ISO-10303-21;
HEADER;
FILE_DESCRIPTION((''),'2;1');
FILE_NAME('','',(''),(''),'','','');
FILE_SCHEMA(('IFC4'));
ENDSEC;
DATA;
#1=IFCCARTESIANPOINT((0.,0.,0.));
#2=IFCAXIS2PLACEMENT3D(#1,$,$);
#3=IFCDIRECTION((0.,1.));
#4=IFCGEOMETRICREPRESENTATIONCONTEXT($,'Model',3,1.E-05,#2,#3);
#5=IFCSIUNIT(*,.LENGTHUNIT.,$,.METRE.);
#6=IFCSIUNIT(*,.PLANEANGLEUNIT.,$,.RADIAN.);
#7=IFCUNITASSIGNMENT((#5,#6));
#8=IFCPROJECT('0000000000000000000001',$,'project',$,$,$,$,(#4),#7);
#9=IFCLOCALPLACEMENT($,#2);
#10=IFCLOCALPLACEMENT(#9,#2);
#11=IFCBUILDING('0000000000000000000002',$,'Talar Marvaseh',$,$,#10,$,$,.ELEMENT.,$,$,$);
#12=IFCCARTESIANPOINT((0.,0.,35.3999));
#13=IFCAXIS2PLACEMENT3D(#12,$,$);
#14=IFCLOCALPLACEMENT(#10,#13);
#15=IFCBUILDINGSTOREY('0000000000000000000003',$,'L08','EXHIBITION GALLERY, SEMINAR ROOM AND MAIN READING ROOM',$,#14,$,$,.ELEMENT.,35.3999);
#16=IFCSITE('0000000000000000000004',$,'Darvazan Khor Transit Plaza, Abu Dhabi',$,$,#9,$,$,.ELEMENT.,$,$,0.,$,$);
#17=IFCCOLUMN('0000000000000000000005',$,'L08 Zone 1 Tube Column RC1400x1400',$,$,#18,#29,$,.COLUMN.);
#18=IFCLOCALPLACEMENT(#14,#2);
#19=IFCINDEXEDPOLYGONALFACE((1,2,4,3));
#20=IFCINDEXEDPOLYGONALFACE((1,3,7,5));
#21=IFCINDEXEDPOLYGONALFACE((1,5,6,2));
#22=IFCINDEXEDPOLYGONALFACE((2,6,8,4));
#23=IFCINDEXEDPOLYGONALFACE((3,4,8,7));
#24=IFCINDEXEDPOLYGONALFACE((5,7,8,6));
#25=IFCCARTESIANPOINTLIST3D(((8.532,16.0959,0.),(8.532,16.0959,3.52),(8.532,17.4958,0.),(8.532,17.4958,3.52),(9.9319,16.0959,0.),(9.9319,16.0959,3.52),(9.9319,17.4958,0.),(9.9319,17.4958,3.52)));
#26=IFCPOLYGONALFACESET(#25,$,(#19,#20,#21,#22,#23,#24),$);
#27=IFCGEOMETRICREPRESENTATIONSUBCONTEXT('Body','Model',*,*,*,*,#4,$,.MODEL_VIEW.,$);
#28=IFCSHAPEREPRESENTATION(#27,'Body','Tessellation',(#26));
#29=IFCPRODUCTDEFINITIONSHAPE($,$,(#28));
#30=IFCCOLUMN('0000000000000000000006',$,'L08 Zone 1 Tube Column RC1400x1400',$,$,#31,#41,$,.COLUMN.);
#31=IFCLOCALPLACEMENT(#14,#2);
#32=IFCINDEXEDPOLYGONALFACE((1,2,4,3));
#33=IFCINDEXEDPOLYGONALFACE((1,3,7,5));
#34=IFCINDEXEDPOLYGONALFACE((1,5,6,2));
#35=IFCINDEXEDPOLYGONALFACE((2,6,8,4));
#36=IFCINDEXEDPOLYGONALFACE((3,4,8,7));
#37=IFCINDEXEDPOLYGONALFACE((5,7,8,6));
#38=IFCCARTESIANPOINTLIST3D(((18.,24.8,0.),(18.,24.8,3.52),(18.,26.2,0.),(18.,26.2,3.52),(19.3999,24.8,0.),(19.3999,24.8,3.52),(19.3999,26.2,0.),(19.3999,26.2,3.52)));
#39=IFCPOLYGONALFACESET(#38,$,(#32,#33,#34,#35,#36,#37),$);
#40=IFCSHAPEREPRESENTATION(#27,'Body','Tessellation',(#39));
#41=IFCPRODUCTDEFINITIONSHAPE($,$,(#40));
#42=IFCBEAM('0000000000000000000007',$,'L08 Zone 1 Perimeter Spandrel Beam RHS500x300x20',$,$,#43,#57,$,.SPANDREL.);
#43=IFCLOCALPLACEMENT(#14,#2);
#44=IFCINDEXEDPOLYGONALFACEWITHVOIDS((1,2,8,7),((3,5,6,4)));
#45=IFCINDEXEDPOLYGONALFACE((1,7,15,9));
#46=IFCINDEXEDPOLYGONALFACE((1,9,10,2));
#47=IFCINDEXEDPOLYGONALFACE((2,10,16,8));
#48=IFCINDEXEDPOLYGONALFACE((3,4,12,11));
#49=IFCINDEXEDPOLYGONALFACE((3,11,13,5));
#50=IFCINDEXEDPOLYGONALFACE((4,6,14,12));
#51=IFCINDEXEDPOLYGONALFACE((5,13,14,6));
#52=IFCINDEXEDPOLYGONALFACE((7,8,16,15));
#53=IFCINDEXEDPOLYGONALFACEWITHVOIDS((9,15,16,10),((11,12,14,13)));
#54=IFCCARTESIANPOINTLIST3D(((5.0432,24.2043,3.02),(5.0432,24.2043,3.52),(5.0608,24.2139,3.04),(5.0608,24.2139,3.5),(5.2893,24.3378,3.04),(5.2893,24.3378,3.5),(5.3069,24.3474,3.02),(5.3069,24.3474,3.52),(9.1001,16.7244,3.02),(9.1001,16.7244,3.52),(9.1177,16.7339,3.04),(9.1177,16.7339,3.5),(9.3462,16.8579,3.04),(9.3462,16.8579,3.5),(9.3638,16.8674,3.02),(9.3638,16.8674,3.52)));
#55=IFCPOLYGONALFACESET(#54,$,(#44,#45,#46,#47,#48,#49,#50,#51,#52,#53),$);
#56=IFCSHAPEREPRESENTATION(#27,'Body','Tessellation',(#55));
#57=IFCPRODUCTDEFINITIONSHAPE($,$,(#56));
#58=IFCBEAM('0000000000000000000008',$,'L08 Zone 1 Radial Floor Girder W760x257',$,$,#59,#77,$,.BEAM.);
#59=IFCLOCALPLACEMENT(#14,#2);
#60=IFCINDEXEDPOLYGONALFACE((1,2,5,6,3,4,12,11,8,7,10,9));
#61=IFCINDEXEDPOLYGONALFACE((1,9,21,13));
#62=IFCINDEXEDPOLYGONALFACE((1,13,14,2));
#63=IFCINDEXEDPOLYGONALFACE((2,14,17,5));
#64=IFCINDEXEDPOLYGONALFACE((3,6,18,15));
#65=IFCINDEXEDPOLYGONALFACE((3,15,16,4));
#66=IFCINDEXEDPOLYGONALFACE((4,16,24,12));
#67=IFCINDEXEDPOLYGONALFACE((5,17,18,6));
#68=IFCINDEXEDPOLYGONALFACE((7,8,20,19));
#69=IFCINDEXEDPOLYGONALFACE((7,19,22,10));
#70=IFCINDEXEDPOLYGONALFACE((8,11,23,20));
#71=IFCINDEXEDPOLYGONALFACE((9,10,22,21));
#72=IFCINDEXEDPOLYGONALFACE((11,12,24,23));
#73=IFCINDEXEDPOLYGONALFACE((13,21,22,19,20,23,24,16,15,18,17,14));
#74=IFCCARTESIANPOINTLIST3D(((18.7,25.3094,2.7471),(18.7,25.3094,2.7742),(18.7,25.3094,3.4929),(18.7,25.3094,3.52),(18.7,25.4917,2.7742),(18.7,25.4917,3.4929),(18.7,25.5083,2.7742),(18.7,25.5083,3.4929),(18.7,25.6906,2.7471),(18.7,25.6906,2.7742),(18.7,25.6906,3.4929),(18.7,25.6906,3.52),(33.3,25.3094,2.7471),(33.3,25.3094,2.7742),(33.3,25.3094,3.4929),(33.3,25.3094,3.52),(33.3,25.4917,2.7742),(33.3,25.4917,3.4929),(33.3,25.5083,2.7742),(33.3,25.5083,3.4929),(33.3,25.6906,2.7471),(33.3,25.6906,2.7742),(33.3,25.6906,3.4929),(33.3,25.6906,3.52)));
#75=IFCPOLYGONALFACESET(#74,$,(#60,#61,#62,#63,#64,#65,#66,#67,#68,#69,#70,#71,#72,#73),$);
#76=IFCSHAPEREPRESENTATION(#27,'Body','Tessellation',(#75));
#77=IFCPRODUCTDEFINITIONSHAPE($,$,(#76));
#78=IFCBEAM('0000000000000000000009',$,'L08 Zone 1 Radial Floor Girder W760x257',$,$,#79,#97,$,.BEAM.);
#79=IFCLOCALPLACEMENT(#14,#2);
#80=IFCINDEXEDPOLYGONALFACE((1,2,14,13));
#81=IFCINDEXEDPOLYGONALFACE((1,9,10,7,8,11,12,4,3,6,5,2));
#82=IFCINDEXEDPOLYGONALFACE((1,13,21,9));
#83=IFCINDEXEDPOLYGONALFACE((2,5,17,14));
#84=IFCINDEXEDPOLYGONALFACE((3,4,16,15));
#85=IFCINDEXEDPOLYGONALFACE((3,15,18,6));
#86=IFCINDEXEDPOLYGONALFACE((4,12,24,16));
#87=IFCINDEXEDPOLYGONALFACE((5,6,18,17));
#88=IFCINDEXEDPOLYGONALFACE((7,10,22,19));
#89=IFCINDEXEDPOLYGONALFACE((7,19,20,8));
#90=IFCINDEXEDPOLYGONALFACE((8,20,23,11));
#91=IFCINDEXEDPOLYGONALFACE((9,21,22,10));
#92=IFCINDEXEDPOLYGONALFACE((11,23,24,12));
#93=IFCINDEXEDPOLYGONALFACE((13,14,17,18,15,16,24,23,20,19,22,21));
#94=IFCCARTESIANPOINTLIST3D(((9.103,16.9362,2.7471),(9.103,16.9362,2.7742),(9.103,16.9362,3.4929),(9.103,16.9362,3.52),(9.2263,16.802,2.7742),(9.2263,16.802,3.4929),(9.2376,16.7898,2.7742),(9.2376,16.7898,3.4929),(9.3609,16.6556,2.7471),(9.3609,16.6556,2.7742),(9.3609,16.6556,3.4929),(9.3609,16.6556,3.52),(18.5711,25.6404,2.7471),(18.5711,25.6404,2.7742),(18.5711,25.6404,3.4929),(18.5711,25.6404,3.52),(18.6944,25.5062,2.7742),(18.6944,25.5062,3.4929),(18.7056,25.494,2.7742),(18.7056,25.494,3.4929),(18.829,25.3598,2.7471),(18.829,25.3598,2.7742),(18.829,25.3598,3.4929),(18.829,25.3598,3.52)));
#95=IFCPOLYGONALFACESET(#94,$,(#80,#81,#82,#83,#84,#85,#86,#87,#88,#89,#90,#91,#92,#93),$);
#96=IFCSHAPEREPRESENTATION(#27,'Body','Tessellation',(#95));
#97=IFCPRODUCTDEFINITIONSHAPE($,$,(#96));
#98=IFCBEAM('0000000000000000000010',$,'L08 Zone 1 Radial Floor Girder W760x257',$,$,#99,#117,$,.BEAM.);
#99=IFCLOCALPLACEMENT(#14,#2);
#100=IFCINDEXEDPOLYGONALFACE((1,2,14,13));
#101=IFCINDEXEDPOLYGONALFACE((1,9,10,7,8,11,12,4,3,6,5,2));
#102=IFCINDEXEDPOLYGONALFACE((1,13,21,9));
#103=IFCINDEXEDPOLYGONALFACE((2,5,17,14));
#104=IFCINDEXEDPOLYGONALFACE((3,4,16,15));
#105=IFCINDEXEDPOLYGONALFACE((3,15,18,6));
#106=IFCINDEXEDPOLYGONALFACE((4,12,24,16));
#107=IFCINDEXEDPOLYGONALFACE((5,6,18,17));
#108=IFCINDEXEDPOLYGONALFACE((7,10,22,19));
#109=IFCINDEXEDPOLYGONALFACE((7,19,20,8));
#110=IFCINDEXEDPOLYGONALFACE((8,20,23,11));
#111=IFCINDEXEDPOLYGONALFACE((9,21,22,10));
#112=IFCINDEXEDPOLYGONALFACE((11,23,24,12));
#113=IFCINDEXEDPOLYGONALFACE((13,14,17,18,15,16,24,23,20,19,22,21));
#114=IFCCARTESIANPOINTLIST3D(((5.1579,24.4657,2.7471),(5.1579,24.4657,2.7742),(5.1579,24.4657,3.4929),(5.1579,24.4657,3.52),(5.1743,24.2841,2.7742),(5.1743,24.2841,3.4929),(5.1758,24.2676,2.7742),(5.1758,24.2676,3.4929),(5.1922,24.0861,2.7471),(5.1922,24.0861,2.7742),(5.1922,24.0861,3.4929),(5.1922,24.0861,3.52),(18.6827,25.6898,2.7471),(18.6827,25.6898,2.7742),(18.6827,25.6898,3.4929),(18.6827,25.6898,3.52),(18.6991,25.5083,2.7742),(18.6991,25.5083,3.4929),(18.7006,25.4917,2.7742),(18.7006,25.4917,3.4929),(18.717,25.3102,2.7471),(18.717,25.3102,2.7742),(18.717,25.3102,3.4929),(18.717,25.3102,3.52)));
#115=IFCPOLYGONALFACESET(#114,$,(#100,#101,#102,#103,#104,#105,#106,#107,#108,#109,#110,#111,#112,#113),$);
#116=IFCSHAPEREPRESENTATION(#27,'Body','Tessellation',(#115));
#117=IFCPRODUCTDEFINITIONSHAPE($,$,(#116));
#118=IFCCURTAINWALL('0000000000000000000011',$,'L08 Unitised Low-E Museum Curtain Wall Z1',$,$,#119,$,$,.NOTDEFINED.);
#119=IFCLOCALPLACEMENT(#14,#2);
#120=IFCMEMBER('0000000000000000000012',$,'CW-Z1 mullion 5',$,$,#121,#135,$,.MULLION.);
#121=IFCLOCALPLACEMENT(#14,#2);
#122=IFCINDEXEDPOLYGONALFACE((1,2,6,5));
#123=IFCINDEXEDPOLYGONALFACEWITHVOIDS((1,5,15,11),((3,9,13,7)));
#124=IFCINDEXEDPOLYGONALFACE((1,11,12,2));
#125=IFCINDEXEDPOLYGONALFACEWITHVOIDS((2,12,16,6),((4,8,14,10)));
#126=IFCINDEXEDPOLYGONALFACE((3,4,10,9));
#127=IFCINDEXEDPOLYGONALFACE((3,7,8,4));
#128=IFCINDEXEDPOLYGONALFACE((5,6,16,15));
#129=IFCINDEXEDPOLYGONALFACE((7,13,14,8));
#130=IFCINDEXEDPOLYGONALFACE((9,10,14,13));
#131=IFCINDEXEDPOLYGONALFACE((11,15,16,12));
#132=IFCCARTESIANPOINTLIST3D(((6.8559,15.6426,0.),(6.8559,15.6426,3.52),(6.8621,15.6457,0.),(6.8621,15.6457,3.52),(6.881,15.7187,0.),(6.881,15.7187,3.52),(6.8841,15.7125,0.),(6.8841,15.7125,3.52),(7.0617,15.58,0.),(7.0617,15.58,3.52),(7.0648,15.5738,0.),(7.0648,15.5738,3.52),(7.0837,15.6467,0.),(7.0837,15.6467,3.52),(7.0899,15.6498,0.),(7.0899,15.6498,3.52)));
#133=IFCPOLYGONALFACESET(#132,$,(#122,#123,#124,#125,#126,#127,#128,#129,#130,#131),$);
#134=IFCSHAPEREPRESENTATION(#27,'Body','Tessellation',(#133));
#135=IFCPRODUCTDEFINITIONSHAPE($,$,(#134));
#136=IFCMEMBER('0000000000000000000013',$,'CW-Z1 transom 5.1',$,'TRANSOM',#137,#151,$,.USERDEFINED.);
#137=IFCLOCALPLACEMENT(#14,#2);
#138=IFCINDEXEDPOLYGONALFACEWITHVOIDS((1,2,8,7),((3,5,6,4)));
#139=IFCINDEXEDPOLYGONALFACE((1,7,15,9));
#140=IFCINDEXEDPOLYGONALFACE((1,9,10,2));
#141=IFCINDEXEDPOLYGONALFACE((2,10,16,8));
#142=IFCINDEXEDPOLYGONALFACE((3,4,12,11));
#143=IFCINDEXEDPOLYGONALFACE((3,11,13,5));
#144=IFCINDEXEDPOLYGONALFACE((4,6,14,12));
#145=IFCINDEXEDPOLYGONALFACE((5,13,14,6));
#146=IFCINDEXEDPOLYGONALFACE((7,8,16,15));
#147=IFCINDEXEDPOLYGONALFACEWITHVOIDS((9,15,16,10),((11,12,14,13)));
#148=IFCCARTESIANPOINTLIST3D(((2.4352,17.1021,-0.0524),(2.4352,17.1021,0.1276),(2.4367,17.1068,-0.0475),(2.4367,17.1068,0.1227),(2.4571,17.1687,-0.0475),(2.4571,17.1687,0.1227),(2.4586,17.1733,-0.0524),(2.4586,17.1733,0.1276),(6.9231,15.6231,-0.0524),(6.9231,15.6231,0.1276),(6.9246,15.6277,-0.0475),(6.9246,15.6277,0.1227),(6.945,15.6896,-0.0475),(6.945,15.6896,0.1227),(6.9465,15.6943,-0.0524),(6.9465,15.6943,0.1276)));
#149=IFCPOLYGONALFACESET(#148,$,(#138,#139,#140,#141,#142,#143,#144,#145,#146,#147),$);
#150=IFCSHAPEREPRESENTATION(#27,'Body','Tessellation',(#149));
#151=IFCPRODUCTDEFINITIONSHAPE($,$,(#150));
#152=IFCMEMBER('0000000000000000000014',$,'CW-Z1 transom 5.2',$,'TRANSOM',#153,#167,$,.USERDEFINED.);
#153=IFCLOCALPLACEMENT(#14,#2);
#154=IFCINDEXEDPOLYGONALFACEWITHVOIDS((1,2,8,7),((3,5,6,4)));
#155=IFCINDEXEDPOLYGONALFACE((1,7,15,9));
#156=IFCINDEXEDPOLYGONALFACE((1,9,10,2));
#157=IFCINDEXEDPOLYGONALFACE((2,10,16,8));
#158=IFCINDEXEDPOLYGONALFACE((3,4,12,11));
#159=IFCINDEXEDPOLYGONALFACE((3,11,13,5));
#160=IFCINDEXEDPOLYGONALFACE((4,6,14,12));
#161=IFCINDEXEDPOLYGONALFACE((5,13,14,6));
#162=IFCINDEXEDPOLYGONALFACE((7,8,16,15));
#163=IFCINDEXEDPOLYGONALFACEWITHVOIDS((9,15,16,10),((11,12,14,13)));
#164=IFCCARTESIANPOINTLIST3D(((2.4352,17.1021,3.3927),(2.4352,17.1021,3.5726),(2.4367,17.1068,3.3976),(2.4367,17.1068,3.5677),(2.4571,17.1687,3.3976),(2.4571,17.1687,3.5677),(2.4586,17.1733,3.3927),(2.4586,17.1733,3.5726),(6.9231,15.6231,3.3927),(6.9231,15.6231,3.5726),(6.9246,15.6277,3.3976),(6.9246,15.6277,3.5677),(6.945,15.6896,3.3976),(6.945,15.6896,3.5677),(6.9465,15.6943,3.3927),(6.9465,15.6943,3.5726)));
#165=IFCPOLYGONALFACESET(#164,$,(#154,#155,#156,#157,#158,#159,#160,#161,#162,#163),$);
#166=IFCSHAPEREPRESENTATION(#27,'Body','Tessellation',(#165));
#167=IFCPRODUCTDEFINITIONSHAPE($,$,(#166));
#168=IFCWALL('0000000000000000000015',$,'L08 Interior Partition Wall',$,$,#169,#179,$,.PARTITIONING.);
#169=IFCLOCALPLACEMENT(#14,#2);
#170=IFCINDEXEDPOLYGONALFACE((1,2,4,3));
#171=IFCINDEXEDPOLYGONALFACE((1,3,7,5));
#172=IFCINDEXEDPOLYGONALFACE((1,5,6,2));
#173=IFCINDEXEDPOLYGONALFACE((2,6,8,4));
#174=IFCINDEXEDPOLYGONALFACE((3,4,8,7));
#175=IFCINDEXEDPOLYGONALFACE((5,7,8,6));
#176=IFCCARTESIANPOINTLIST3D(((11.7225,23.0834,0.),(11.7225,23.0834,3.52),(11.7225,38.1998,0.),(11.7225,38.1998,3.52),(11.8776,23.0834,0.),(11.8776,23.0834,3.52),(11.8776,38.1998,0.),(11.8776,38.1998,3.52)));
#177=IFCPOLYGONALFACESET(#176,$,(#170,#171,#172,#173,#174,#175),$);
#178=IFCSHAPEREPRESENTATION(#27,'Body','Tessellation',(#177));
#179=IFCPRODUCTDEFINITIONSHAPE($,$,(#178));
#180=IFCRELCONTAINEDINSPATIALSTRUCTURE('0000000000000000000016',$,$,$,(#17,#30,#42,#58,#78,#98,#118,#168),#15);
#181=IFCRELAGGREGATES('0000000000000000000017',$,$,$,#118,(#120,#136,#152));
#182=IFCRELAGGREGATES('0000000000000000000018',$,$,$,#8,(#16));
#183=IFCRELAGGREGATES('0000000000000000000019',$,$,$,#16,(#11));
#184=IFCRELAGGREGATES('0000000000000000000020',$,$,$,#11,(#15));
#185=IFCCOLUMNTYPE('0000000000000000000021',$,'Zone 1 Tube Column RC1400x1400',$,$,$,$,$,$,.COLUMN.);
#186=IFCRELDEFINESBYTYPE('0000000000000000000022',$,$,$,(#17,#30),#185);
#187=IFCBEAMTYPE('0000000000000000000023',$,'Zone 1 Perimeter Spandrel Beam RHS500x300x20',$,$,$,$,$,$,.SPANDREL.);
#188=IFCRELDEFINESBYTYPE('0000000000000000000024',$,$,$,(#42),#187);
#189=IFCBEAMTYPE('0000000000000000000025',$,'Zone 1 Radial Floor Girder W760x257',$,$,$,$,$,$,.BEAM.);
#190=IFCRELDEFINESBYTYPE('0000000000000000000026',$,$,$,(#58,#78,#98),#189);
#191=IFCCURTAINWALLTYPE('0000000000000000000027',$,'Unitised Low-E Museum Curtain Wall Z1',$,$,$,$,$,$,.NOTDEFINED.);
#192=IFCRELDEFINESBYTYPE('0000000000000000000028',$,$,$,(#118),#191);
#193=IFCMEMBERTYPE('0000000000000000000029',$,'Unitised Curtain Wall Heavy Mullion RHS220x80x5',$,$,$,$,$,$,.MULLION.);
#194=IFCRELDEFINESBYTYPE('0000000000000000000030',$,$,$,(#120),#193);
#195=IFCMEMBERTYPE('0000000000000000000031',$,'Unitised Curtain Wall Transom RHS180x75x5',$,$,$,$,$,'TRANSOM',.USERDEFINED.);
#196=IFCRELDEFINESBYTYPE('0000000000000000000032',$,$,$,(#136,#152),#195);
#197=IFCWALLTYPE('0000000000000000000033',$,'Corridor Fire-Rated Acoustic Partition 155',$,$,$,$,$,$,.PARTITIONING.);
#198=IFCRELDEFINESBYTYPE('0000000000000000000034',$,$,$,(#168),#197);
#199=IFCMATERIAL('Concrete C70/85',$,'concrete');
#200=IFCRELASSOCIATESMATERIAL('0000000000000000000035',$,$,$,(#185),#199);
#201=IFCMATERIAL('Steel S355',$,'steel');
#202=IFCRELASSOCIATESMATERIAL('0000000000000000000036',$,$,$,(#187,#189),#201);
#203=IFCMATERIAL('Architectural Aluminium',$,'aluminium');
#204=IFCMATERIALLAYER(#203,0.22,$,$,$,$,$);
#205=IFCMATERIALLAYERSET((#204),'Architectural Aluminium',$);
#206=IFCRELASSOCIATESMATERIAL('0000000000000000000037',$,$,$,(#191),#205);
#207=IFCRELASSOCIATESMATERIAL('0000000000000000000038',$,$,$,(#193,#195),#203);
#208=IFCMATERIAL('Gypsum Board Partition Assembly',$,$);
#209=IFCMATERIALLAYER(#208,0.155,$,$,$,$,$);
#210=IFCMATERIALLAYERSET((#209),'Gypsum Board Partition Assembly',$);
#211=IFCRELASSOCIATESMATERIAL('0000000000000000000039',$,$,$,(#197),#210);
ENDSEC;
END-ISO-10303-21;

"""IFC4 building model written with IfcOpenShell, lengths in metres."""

from ifc_helpers import new_model, si_unit, direction, frame, frame_2d, origin, origin_2d, place, context, subcontext, project, spatial, rectangle, hollow_rectangle, i_section, extrude, source, transform, mapped, material, layer, layer_set, material_profile, profile_set, type_object, type_shapes, element, aggregate, save


model = new_model("IFC4")

# Units and contexts
model_context = context("Model", 3, precision=1e-05, world=origin(), true_north=direction((0.0, 1.0)))
body_context = subcontext(model_context, "Body", "Model", "MODEL_VIEW")
ifc_project = project(units=[si_unit("LENGTHUNIT", "METRE"), si_unit("PLANEANGLEUNIT", "RADIAN")], contexts=[model_context])

# Site, building, storey
site_placement = place(None, origin())
site = spatial("IfcSite", under=ifc_project, at=site_placement, Name="Darvazan Khor Transit Plaza, Abu Dhabi", CompositionType="ELEMENT", RefElevation=0.0)
building_placement = place(site_placement, origin())
building = spatial("IfcBuilding", under=site, at=building_placement, Name="Talar Marvaseh", CompositionType="ELEMENT")
storey_placement = place(building_placement, frame((0.0, 0.0, 35.3999)))
storey = spatial("IfcBuildingStorey", under=building, at=storey_placement, Name="L08", Description="EXHIBITION GALLERY, SEMINAR ROOM AND MAIN READING ROOM", CompositionType="ELEMENT", Elevation=35.3999)

# Columns
ifc_material_1 = material(Name="Concrete C70/85", Category="concrete")
ifc_material_profile_1 = material_profile(ifc_material_1, rectangle(XDim=1.3999, YDim=1.3999, at=origin_2d()), Name="RC1400x1400")
ifc_profile_set_1 = profile_set([ifc_material_profile_1], Name="Concrete C70/85")
column_type = type_object("IfcColumnType", Name="Zone 1 Tube Column RC1400x1400", PredefinedType="COLUMN", material=ifc_profile_set_1)
for number, where, z_axis, x_axis, name in (
    (1, (9.2319, 16.7959, 0.0), (0.0, 0.0, 1.0), (1.0, 0.0, 0.0), "L08 Zone 1 Tube Column RC1400x1400"),
    (2, (18.7, 25.5, 0.0), (0.0, 0.0, 1.0), (1.0, 0.0, 0.0), "L08 Zone 1 Tube Column RC1400x1400"),
):
    element("IfcColumn", number, at=place(storey_placement, frame(where, z_axis=z_axis, x_axis=x_axis)), inside=storey, type_object=column_type, Name=name, PredefinedType="COLUMN", context=body_context, shape_type="SweptSolid", body=[
        extrude(rectangle(XDim=1.3999, YDim=1.3999, at=origin_2d()), origin(), (0.0, 0.0, 1.0), 3.52),
    ])

# Beams
ifc_material_2 = material(Name="Steel S355", Category="steel")
ifc_material_profile_2 = material_profile(ifc_material_2, hollow_rectangle(XDim=0.3, YDim=0.5, WallThickness=0.02, at=origin_2d()), Name="RHS500x300x20")
ifc_profile_set_2 = profile_set([ifc_material_profile_2], Name="Steel S355")
beam_type_1 = type_object("IfcBeamType", Name="Zone 1 Perimeter Spandrel Beam RHS500x300x20", PredefinedType="SPANDREL", material=ifc_profile_set_2)
beam_1_placement = place(storey_placement, frame((9.2319, 16.7959, 3.27), z_axis=(-0.476758, 0.879035, 0.0), x_axis=(-0.879035, -0.476758, 0.0)))
element("IfcBeam", 3, at=beam_1_placement, inside=storey, type_object=beam_type_1, Name="L08 Zone 1 Perimeter Spandrel Beam RHS500x300x20", PredefinedType="SPANDREL", context=body_context, shape_type="SweptSolid", body=[
    extrude(hollow_rectangle(XDim=0.3, YDim=0.5, WallThickness=0.02, at=origin_2d()), origin(), (0.0, 0.0, 1.0), 8.5093),
])
ifc_material_profile_3 = material_profile(ifc_material_2, i_section(OverallWidth=0.3811, OverallDepth=0.7729, WebThickness=0.0166, FlangeThickness=0.0271, at=origin_2d()), Name="W760x257")
ifc_profile_set_3 = profile_set([ifc_material_profile_3], Name="Steel S355")
beam_type_2 = type_object("IfcBeamType", Name="Zone 1 Radial Floor Girder W760x257", PredefinedType="BEAM", material=ifc_profile_set_3)
beam_2_placement = place(storey_placement, frame((18.7, 25.5, 3.1335), z_axis=(1.0, 0.0, 0.0), x_axis=(0.0, 1.0, 0.0)))
element("IfcBeam", 4, at=beam_2_placement, inside=storey, type_object=beam_type_2, Name="L08 Zone 1 Radial Floor Girder W760x257", PredefinedType="BEAM", context=body_context, shape_type="SweptSolid", body=[
    extrude(i_section(OverallWidth=0.3811, OverallDepth=0.7729, WebThickness=0.0166, FlangeThickness=0.0271, at=origin_2d()), origin(), (0.0, 0.0, 1.0), 14.6001),
])
beam_3_placement = place(storey_placement, frame((9.2319, 16.7959, 3.1335), z_axis=(0.736182, 0.676784, 0.0), x_axis=(-0.676784, 0.736182, 0.0)))
element("IfcBeam", 5, at=beam_3_placement, inside=storey, type_object=beam_type_2, Name="L08 Zone 1 Radial Floor Girder W760x257", PredefinedType="BEAM", context=body_context, shape_type="SweptSolid", body=[
    extrude(i_section(OverallWidth=0.3811, OverallDepth=0.7729, WebThickness=0.0166, FlangeThickness=0.0271, at=origin_2d()), origin(), (0.0, 0.0, 1.0), 12.8611),
])
beam_4_placement = place(storey_placement, frame((5.175, 24.2759, 3.1335), z_axis=(0.995929, 0.09014, 0.0), x_axis=(-0.09014, 0.995929, 0.0)))
element("IfcBeam", 6, at=beam_4_placement, inside=storey, type_object=beam_type_2, Name="L08 Zone 1 Radial Floor Girder W760x257", PredefinedType="BEAM", context=body_context, shape_type="SweptSolid", body=[
    extrude(i_section(OverallWidth=0.3811, OverallDepth=0.7729, WebThickness=0.0166, FlangeThickness=0.0271, at=origin_2d()), origin(), (0.0, 0.0, 1.0), 13.5801),
])

# Curtain wall, members
ifc_material_3 = material(Name="Architectural Aluminium", Category="aluminium")
ifc_layer_1 = layer(ifc_material_3, 0.22)
ifc_layer_set_1 = layer_set([ifc_layer_1], Name="Architectural Aluminium")
curtain_wall_type = type_object("IfcCurtainWallType", Name="Unitised Low-E Museum Curtain Wall Z1", PredefinedType="NOTDEFINED", material=ifc_layer_set_1)
curtain_wall_placement = place(storey_placement, origin())
curtain_wall = element("IfcCurtainWall", 7, at=curtain_wall_placement, inside=storey, type_object=curtain_wall_type, Name="L08 Unitised Low-E Museum Curtain Wall Z1", PredefinedType="NOTDEFINED")
ifc_material_profile_4 = material_profile(ifc_material_3, hollow_rectangle(XDim=0.0801, YDim=0.22, WallThickness=0.0049, at=origin_2d()), Name="RHS220x80x5")
ifc_profile_set_4 = profile_set([ifc_material_profile_4], Name="Architectural Aluminium")
member_type_1 = type_object("IfcMemberType", Name="Unitised Curtain Wall Heavy Mullion RHS220x80x5", PredefinedType="MULLION", material=ifc_profile_set_4)
shared_shape_1 = source(origin(), body_context, "Body", "SweptSolid", [
    extrude(hollow_rectangle(XDim=0.0801, YDim=0.22, WallThickness=0.0049, at=origin_2d()), origin(), (0.0, 0.0, 1.0), 3.52),
])
type_shapes(member_type_1, [shared_shape_1])
member_1_placement = place(storey_placement, frame((6.9729, 15.6462, 0.0), z_axis=(0.0, 0.0, 1.0), x_axis=(-0.313019, -0.949747, 0.0)))
member_1 = element("IfcMember", 8, at=member_1_placement, type_object=member_type_1, Name="CW-Z1 mullion 5", PredefinedType="MULLION", context=body_context, shape_type="MappedRepresentation", body=[
    mapped(shared_shape_1, transform((0.0, 0.0, 0.0), x_axis=(1.0, 0.0, 0.0), y_axis=(0.0, 1.0, 0.0), z_axis=(0.0, 0.0, 1.0), scale=1.0)),
])
ifc_material_profile_5 = material_profile(ifc_material_3, hollow_rectangle(XDim=0.075, YDim=0.1799, WallThickness=0.0049, at=origin_2d()), Name="RHS180x75x5")
ifc_profile_set_5 = profile_set([ifc_material_profile_5], Name="Architectural Aluminium")
member_type_2 = type_object("IfcMemberType", Name="Unitised Curtain Wall Transom RHS180x75x5", ElementType="TRANSOM", PredefinedType="USERDEFINED", material=ifc_profile_set_5)
shared_shape_2 = source(origin(), body_context, "Body", "SweptSolid", [
    extrude(hollow_rectangle(XDim=0.075, YDim=0.1799, WallThickness=0.0049, at=origin_2d()), origin(), (0.0, 0.0, 1.0), 4.7253),
])
type_shapes(member_type_2, [shared_shape_2])
member_2_placement = place(storey_placement, frame((6.9348, 15.6587, 0.0376), z_axis=(-0.949753, 0.313002, 0.0), x_axis=(-0.313002, -0.949753, 0.0)))
member_2 = element("IfcMember", 9, at=member_2_placement, type_object=member_type_2, Name="CW-Z1 transom 5.1", ObjectType="TRANSOM", PredefinedType="USERDEFINED", context=body_context, shape_type="MappedRepresentation", body=[
    mapped(shared_shape_2, transform((0.0, 0.0, 0.0), x_axis=(1.0, 0.0, 0.0), y_axis=(0.0, 1.0, 0.0), z_axis=(0.0, 0.0, 1.0), scale=1.0)),
])
member_3_placement = place(storey_placement, frame((6.9348, 15.6587, 3.4827), z_axis=(-0.949753, 0.313002, 0.0), x_axis=(-0.313002, -0.949753, 0.0)))
member_3 = element("IfcMember", 10, at=member_3_placement, type_object=member_type_2, Name="CW-Z1 transom 5.2", ObjectType="TRANSOM", PredefinedType="USERDEFINED", context=body_context, shape_type="MappedRepresentation", body=[
    mapped(shared_shape_2, transform((0.0, 0.0, 0.0), x_axis=(1.0, 0.0, 0.0), y_axis=(0.0, 1.0, 0.0), z_axis=(0.0, 0.0, 1.0), scale=1.0)),
])
aggregate(curtain_wall, [member_1, member_2, member_3])

# Wall
ifc_material_4 = material(Name="Gypsum Board Partition Assembly")
ifc_layer_2 = layer(ifc_material_4, 0.155)
ifc_layer_set_2 = layer_set([ifc_layer_2], Name="Gypsum Board Partition Assembly")
wall_type_1 = type_object("IfcWallType", Name="Corridor Fire-Rated Acoustic Partition 155", PredefinedType="PARTITIONING", material=ifc_layer_set_2)
wall_1_placement = place(storey_placement, frame((11.8, 23.0835, 0.0), z_axis=(0.0, 0.0, 1.0), x_axis=(0.0, 1.0, 0.0)))
element("IfcWall", 11, at=wall_1_placement, inside=storey, type_object=wall_type_1, Name="L08 Interior Partition Wall", PredefinedType="PARTITIONING", context=body_context, shape_type="SweptSolid", body=[
    extrude(rectangle(XDim=15.1165, YDim=0.155, at=frame_2d((7.5581, 0.0))), origin(), (0.0, 0.0, 1.0), 3.52),
])

save(model, "model.ifc")
